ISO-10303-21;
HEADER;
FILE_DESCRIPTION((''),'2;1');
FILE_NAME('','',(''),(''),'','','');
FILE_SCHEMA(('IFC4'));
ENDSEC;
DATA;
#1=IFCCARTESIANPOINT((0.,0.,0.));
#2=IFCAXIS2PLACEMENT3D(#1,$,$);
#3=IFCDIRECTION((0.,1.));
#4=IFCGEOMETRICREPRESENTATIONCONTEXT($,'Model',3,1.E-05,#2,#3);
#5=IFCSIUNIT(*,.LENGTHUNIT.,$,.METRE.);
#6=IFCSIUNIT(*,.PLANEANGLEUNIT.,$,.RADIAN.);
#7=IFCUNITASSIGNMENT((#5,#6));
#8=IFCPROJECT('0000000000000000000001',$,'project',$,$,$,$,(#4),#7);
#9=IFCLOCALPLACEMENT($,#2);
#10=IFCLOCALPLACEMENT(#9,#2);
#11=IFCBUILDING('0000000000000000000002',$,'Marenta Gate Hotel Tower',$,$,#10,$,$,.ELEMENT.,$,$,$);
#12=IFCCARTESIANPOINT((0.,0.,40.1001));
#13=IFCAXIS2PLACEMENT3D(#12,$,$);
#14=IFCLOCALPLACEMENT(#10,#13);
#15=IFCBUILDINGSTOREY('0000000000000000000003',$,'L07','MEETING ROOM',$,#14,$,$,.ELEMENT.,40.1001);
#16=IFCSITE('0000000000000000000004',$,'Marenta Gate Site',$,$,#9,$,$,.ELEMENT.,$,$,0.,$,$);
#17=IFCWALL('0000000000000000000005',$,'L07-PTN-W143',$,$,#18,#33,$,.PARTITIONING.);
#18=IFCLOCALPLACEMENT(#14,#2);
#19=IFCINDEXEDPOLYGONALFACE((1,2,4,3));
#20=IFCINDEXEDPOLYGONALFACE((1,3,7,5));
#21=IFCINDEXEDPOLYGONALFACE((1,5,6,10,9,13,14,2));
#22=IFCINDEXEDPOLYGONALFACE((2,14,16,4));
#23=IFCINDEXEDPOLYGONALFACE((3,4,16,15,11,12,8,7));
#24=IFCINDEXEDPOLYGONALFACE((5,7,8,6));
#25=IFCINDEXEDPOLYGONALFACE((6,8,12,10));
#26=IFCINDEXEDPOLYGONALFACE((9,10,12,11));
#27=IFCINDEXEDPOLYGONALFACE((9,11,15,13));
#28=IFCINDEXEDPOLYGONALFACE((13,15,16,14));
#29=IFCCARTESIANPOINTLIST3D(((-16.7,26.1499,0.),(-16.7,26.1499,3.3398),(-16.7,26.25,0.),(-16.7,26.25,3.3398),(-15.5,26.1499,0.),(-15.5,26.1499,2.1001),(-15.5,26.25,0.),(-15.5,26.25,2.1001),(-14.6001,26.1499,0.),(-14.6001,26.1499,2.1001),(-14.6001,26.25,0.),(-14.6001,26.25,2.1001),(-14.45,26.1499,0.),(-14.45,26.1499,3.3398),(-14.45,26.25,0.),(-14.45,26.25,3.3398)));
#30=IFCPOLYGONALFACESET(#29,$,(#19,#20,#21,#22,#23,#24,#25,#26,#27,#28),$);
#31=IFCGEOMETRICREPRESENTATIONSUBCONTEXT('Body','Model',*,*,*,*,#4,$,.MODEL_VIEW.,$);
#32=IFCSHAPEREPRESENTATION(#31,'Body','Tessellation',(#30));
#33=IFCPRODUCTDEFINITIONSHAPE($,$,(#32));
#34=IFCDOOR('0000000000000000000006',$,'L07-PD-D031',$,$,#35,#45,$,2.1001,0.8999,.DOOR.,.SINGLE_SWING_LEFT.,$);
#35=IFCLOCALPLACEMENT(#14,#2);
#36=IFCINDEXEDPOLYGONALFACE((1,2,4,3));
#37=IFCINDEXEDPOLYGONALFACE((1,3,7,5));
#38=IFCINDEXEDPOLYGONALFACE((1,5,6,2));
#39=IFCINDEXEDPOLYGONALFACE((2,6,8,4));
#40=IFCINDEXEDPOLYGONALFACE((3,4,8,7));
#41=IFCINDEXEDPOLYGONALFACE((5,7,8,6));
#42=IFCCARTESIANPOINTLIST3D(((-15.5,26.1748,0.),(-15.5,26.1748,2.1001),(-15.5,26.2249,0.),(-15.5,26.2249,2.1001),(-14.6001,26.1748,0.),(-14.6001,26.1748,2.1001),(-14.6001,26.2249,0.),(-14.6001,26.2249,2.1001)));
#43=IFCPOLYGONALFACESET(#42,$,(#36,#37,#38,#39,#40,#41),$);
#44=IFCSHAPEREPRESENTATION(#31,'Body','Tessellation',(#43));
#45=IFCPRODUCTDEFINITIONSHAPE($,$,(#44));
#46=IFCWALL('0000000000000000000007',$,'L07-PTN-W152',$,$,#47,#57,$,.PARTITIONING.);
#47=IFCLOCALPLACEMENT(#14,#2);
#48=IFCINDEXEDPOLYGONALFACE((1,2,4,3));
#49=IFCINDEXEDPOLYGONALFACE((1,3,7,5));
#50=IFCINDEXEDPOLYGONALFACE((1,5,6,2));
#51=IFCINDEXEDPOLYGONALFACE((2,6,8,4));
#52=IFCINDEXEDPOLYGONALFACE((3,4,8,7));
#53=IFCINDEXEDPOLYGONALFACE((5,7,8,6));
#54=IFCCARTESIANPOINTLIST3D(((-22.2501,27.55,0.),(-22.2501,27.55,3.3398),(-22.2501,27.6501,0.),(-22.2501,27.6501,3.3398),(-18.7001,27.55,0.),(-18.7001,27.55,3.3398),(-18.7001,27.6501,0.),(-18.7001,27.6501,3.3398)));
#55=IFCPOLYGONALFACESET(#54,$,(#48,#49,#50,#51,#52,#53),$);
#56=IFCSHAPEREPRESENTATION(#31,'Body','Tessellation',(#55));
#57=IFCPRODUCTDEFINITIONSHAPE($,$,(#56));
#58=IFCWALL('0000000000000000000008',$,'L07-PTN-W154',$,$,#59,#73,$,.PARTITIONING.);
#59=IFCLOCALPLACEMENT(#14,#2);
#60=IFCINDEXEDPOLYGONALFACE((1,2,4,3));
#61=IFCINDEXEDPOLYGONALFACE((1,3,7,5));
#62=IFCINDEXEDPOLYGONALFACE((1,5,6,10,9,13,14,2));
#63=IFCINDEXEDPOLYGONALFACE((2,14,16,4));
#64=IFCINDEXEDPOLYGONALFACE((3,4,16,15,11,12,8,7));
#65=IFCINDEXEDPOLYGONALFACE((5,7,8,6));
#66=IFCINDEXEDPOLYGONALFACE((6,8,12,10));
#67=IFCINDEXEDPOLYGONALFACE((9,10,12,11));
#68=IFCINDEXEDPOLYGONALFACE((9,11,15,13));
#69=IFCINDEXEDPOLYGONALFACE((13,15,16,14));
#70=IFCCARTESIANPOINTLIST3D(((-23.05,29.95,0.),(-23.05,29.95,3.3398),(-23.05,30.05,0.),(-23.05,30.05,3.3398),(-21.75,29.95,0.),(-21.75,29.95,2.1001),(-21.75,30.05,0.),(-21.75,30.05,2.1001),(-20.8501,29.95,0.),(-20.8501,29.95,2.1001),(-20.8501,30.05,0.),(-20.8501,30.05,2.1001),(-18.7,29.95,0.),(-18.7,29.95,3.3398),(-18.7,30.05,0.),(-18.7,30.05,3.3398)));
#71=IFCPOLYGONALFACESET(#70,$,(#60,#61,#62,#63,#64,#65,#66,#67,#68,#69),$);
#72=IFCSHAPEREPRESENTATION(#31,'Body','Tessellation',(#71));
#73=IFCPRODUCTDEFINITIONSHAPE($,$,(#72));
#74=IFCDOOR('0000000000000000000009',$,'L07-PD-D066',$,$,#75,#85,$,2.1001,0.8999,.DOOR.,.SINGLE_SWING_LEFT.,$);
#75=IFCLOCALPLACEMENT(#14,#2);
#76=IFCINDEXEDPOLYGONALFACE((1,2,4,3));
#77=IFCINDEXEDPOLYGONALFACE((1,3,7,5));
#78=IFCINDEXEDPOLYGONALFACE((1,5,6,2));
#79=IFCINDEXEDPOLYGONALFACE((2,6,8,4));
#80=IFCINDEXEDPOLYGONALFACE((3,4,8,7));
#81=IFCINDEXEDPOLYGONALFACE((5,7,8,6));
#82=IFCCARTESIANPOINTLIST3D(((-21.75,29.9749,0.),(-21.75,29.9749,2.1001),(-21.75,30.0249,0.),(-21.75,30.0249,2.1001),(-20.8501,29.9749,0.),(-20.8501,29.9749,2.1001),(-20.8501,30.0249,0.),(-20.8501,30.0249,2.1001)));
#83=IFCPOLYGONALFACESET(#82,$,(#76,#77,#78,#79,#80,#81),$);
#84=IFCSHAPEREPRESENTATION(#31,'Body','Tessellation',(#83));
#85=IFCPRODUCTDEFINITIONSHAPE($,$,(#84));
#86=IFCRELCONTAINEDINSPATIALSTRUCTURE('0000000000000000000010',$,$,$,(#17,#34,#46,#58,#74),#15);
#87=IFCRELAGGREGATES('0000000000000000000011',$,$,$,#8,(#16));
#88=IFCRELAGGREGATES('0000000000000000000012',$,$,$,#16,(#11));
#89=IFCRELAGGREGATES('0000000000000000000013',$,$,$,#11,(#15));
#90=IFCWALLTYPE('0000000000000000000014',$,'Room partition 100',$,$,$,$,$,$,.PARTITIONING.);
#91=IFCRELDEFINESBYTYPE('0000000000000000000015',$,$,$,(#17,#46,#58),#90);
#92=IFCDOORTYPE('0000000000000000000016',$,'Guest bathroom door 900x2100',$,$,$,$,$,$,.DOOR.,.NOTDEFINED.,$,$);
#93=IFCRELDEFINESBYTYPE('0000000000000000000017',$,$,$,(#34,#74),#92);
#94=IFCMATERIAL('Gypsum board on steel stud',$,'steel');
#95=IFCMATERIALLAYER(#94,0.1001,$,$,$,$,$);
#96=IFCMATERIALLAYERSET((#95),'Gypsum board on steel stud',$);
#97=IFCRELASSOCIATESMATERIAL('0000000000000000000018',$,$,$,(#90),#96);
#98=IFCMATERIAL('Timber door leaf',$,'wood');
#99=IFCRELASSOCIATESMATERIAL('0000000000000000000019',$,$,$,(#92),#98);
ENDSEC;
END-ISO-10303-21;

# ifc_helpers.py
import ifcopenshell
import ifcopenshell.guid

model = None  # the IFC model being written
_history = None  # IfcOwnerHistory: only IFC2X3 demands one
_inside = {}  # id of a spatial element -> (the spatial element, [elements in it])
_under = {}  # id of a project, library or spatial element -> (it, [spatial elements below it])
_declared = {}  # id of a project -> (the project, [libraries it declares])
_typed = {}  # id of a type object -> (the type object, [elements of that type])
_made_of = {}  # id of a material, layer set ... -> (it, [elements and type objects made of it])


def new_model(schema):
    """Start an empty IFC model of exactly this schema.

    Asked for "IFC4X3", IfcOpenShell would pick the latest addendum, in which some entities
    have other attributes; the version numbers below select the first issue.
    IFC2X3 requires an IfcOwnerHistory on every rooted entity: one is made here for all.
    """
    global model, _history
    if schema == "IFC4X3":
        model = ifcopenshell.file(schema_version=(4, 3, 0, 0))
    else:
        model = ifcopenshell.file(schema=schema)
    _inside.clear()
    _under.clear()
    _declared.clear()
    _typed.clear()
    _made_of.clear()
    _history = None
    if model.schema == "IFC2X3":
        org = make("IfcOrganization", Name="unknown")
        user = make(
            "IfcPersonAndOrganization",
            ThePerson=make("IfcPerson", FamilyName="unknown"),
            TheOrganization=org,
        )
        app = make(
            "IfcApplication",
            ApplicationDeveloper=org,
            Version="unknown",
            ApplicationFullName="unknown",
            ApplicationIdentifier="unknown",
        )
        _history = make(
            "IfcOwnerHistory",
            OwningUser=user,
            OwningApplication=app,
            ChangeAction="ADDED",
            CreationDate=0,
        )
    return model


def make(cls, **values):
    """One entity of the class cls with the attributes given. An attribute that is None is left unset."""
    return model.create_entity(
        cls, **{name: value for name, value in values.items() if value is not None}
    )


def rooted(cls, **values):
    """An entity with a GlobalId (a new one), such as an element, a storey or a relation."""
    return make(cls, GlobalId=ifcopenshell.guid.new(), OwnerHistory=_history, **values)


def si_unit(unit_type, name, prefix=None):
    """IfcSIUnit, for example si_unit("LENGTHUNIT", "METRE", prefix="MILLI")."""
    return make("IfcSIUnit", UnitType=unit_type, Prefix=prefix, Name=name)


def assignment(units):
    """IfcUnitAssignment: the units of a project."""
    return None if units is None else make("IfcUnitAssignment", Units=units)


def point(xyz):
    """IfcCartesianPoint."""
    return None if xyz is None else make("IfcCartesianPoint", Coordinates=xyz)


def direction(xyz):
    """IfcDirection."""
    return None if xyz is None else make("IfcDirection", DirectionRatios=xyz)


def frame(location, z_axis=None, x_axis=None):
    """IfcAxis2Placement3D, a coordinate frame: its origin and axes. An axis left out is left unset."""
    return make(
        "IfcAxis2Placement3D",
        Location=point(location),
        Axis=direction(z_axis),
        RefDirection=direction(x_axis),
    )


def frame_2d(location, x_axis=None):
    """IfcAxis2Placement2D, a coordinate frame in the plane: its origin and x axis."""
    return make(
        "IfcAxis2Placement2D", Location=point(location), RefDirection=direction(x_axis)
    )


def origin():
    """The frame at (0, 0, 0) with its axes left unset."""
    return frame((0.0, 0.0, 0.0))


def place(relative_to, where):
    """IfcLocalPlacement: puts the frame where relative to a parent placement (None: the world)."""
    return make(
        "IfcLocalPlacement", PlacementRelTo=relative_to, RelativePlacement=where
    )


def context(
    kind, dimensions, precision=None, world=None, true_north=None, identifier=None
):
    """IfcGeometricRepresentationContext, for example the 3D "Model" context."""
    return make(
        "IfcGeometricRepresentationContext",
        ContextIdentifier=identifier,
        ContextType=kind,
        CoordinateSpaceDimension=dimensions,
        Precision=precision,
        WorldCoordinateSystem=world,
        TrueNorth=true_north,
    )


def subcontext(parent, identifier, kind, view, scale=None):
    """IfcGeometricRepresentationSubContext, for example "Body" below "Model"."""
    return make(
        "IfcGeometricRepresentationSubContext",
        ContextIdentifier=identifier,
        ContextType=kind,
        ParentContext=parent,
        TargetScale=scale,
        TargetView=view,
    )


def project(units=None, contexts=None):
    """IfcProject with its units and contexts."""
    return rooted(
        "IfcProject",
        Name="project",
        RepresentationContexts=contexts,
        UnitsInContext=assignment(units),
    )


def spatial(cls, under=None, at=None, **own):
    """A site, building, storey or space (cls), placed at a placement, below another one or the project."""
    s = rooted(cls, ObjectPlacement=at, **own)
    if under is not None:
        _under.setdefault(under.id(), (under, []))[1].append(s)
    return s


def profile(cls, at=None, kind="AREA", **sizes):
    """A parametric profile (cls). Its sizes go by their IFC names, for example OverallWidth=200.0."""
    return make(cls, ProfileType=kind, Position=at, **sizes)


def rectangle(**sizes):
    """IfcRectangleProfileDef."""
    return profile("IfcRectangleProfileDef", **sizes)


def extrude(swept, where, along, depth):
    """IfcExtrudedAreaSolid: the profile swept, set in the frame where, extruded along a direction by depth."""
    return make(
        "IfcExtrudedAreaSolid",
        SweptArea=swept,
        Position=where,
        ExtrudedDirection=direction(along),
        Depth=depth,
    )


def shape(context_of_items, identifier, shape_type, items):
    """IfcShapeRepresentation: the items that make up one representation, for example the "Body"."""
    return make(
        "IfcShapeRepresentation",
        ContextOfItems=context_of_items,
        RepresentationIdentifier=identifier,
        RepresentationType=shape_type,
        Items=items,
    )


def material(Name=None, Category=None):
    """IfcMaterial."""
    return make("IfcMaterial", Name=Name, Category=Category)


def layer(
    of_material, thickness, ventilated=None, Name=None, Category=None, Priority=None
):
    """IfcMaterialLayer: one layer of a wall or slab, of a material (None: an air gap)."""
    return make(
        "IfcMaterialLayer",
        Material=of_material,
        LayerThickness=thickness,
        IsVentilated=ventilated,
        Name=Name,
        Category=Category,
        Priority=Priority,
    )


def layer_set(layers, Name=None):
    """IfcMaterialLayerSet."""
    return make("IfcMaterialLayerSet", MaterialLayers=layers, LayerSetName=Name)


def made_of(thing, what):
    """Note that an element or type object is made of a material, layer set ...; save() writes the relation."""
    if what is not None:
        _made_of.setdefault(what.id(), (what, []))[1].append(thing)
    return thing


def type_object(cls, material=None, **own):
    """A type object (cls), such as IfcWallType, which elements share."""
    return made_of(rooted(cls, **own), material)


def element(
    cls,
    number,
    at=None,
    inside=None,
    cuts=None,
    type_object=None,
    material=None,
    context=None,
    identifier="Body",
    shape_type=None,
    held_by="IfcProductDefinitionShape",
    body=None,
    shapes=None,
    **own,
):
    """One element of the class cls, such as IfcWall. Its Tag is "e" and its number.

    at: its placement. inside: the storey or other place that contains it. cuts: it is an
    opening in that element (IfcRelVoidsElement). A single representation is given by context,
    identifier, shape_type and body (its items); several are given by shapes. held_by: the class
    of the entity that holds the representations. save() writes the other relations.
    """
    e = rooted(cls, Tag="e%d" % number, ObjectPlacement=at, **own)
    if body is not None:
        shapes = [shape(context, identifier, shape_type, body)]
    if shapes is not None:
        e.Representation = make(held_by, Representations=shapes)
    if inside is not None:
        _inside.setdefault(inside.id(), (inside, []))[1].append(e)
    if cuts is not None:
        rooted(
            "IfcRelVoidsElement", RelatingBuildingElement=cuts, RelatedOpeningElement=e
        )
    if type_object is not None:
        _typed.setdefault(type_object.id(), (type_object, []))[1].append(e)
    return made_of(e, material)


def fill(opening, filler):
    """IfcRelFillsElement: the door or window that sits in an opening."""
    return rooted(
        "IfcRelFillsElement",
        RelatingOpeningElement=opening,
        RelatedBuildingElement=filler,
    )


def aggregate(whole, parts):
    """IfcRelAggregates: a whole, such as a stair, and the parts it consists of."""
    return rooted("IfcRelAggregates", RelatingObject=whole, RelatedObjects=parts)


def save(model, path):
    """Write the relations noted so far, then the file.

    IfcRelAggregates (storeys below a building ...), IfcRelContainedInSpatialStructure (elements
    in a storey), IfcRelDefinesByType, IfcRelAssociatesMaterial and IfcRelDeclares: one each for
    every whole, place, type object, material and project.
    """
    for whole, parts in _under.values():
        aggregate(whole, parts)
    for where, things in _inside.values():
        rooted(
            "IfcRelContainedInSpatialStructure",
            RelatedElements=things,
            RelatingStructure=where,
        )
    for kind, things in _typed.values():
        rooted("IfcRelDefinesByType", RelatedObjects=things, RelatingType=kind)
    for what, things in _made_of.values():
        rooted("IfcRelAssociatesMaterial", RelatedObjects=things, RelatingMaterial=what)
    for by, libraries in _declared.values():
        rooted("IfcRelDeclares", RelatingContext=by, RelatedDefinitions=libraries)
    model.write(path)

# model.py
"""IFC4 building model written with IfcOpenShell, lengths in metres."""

from ifc_helpers import new_model, si_unit, direction, frame, frame_2d, origin, place, context, subcontext, project, spatial, rectangle, extrude, material, layer, layer_set, type_object, element, fill, save


model = new_model("IFC4")

# Units and contexts
model_context = context("Model", 3, precision=1e-05, world=origin(), true_north=direction((0.0, 1.0)))
body_context = subcontext(model_context, "Body", "Model", "MODEL_VIEW")
ifc_project = project(units=[si_unit("LENGTHUNIT", "METRE"), si_unit("PLANEANGLEUNIT", "RADIAN")], contexts=[model_context])

# Site, building, storey
site_placement = place(None, origin())
site = spatial("IfcSite", under=ifc_project, at=site_placement, Name="Marenta Gate Site", CompositionType="ELEMENT", RefElevation=0.0)
building_placement = place(site_placement, origin())
building = spatial("IfcBuilding", under=site, at=building_placement, Name="Marenta Gate Hotel Tower", CompositionType="ELEMENT")
storey_placement = place(building_placement, frame((0.0, 0.0, 40.1001)))
storey = spatial("IfcBuildingStorey", under=building, at=storey_placement, Name="L07", Description="MEETING ROOM", CompositionType="ELEMENT", Elevation=40.1001)

# Shared definitions
ifc_material_1 = material(Name="Gypsum board on steel stud", Category="steel")
ifc_layer_1 = layer(ifc_material_1, 0.1001)
ifc_layer_set_1 = layer_set([ifc_layer_1], Name="Gypsum board on steel stud")
wall_type = type_object("IfcWallType", Name="Room partition 100", PredefinedType="PARTITIONING", material=ifc_layer_set_1)

# Wall, opening, door
wall_1_placement = place(storey_placement, frame((-16.7, 26.2, 0.0), z_axis=(0.0, 0.0, 1.0), x_axis=(1.0, 0.0, 0.0)))
wall_1 = element("IfcWall", 1, at=wall_1_placement, inside=storey, type_object=wall_type, Name="L07-PTN-W143", PredefinedType="PARTITIONING", context=body_context, shape_type="SweptSolid", body=[
    extrude(rectangle(XDim=2.25, YDim=0.1001, at=frame_2d((1.125, 0.0))), origin(), (0.0, 0.0, 1.0), 3.3398),
])
opening_1_placement = place(wall_1_placement, frame((1.2, 0.0, 0.0)))
opening_1 = element("IfcOpeningElement", 2, at=opening_1_placement, cuts=wall_1, PredefinedType="OPENING", context=body_context, shape_type="SweptSolid", body=[
    extrude(rectangle(XDim=0.8999, YDim=2.1001, at=frame_2d((0.45, 1.05))), frame((0.0, 0.05, 0.0), z_axis=(0.0, -1.0, 0.0), x_axis=(1.0, 0.0, 0.0)), (0.0, 0.0, 1.0), 0.1001),
])
ifc_material_2 = material(Name="Timber door leaf", Category="wood")
door_type_1 = type_object("IfcDoorType", Name="Guest bathroom door 900x2100", OperationType="NOTDEFINED", PredefinedType="DOOR", material=ifc_material_2)
door_1_placement = place(opening_1_placement, origin())
door_1 = element("IfcDoor", 3, at=door_1_placement, inside=storey, type_object=door_type_1, Name="L07-PD-D031", OperationType="SINGLE_SWING_LEFT", OverallHeight=2.1001, OverallWidth=0.8999, PredefinedType="DOOR", context=body_context, shape_type="SweptSolid", body=[
    extrude(rectangle(XDim=0.8999, YDim=2.1001, at=frame_2d((0.45, 1.05))), frame((0.0, 0.0249, 0.0), z_axis=(0.0, -1.0, 0.0), x_axis=(1.0, 0.0, 0.0)), (0.0, 0.0, 1.0), 0.05),
])
fill(opening_1, door_1)

# Wall
wall_2_placement = place(storey_placement, frame((-22.25, 27.6001, 0.0), z_axis=(0.0, 0.0, 1.0), x_axis=(1.0, 0.0, 0.0)))
element("IfcWall", 4, at=wall_2_placement, inside=storey, type_object=wall_type, Name="L07-PTN-W152", PredefinedType="PARTITIONING", context=body_context, shape_type="SweptSolid", body=[
    extrude(rectangle(XDim=3.55, YDim=0.1001, at=frame_2d((1.7749, 0.0))), origin(), (0.0, 0.0, 1.0), 3.3398),
])

# Wall, opening, door
wall_3_placement = place(storey_placement, frame((-23.05, 30.0, 0.0), z_axis=(0.0, 0.0, 1.0), x_axis=(1.0, 0.0, 0.0)))
wall_3 = element("IfcWall", 5, at=wall_3_placement, inside=storey, type_object=wall_type, Name="L07-PTN-W154", PredefinedType="PARTITIONING", context=body_context, shape_type="SweptSolid", body=[
    extrude(rectangle(XDim=4.3501, YDim=0.1001, at=frame_2d((2.175, 0.0))), origin(), (0.0, 0.0, 1.0), 3.3398),
])
opening_2_placement = place(wall_3_placement, frame((1.3, 0.0, 0.0)))
opening_2 = element("IfcOpeningElement", 6, at=opening_2_placement, cuts=wall_3, PredefinedType="OPENING", context=body_context, shape_type="SweptSolid", body=[
    extrude(rectangle(XDim=0.8999, YDim=2.1001, at=frame_2d((0.45, 1.05))), frame((0.0, 0.05, 0.0), z_axis=(0.0, -1.0, 0.0), x_axis=(1.0, 0.0, 0.0)), (0.0, 0.0, 1.0), 0.1001),
])
door_2_placement = place(opening_2_placement, origin())
door_2 = element("IfcDoor", 7, at=door_2_placement, inside=storey, type_object=door_type_1, Name="L07-PD-D066", OperationType="SINGLE_SWING_LEFT", OverallHeight=2.1001, OverallWidth=0.8999, PredefinedType="DOOR", context=body_context, shape_type="SweptSolid", body=[
    extrude(rectangle(XDim=0.8999, YDim=2.1001, at=frame_2d((0.45, 1.05))), frame((0.0, 0.0249, 0.0), z_axis=(0.0, -1.0, 0.0), x_axis=(1.0, 0.0, 0.0)), (0.0, 0.0, 1.0), 0.05),
])
fill(opening_2, door_2)

save(model, "model.ifc")
